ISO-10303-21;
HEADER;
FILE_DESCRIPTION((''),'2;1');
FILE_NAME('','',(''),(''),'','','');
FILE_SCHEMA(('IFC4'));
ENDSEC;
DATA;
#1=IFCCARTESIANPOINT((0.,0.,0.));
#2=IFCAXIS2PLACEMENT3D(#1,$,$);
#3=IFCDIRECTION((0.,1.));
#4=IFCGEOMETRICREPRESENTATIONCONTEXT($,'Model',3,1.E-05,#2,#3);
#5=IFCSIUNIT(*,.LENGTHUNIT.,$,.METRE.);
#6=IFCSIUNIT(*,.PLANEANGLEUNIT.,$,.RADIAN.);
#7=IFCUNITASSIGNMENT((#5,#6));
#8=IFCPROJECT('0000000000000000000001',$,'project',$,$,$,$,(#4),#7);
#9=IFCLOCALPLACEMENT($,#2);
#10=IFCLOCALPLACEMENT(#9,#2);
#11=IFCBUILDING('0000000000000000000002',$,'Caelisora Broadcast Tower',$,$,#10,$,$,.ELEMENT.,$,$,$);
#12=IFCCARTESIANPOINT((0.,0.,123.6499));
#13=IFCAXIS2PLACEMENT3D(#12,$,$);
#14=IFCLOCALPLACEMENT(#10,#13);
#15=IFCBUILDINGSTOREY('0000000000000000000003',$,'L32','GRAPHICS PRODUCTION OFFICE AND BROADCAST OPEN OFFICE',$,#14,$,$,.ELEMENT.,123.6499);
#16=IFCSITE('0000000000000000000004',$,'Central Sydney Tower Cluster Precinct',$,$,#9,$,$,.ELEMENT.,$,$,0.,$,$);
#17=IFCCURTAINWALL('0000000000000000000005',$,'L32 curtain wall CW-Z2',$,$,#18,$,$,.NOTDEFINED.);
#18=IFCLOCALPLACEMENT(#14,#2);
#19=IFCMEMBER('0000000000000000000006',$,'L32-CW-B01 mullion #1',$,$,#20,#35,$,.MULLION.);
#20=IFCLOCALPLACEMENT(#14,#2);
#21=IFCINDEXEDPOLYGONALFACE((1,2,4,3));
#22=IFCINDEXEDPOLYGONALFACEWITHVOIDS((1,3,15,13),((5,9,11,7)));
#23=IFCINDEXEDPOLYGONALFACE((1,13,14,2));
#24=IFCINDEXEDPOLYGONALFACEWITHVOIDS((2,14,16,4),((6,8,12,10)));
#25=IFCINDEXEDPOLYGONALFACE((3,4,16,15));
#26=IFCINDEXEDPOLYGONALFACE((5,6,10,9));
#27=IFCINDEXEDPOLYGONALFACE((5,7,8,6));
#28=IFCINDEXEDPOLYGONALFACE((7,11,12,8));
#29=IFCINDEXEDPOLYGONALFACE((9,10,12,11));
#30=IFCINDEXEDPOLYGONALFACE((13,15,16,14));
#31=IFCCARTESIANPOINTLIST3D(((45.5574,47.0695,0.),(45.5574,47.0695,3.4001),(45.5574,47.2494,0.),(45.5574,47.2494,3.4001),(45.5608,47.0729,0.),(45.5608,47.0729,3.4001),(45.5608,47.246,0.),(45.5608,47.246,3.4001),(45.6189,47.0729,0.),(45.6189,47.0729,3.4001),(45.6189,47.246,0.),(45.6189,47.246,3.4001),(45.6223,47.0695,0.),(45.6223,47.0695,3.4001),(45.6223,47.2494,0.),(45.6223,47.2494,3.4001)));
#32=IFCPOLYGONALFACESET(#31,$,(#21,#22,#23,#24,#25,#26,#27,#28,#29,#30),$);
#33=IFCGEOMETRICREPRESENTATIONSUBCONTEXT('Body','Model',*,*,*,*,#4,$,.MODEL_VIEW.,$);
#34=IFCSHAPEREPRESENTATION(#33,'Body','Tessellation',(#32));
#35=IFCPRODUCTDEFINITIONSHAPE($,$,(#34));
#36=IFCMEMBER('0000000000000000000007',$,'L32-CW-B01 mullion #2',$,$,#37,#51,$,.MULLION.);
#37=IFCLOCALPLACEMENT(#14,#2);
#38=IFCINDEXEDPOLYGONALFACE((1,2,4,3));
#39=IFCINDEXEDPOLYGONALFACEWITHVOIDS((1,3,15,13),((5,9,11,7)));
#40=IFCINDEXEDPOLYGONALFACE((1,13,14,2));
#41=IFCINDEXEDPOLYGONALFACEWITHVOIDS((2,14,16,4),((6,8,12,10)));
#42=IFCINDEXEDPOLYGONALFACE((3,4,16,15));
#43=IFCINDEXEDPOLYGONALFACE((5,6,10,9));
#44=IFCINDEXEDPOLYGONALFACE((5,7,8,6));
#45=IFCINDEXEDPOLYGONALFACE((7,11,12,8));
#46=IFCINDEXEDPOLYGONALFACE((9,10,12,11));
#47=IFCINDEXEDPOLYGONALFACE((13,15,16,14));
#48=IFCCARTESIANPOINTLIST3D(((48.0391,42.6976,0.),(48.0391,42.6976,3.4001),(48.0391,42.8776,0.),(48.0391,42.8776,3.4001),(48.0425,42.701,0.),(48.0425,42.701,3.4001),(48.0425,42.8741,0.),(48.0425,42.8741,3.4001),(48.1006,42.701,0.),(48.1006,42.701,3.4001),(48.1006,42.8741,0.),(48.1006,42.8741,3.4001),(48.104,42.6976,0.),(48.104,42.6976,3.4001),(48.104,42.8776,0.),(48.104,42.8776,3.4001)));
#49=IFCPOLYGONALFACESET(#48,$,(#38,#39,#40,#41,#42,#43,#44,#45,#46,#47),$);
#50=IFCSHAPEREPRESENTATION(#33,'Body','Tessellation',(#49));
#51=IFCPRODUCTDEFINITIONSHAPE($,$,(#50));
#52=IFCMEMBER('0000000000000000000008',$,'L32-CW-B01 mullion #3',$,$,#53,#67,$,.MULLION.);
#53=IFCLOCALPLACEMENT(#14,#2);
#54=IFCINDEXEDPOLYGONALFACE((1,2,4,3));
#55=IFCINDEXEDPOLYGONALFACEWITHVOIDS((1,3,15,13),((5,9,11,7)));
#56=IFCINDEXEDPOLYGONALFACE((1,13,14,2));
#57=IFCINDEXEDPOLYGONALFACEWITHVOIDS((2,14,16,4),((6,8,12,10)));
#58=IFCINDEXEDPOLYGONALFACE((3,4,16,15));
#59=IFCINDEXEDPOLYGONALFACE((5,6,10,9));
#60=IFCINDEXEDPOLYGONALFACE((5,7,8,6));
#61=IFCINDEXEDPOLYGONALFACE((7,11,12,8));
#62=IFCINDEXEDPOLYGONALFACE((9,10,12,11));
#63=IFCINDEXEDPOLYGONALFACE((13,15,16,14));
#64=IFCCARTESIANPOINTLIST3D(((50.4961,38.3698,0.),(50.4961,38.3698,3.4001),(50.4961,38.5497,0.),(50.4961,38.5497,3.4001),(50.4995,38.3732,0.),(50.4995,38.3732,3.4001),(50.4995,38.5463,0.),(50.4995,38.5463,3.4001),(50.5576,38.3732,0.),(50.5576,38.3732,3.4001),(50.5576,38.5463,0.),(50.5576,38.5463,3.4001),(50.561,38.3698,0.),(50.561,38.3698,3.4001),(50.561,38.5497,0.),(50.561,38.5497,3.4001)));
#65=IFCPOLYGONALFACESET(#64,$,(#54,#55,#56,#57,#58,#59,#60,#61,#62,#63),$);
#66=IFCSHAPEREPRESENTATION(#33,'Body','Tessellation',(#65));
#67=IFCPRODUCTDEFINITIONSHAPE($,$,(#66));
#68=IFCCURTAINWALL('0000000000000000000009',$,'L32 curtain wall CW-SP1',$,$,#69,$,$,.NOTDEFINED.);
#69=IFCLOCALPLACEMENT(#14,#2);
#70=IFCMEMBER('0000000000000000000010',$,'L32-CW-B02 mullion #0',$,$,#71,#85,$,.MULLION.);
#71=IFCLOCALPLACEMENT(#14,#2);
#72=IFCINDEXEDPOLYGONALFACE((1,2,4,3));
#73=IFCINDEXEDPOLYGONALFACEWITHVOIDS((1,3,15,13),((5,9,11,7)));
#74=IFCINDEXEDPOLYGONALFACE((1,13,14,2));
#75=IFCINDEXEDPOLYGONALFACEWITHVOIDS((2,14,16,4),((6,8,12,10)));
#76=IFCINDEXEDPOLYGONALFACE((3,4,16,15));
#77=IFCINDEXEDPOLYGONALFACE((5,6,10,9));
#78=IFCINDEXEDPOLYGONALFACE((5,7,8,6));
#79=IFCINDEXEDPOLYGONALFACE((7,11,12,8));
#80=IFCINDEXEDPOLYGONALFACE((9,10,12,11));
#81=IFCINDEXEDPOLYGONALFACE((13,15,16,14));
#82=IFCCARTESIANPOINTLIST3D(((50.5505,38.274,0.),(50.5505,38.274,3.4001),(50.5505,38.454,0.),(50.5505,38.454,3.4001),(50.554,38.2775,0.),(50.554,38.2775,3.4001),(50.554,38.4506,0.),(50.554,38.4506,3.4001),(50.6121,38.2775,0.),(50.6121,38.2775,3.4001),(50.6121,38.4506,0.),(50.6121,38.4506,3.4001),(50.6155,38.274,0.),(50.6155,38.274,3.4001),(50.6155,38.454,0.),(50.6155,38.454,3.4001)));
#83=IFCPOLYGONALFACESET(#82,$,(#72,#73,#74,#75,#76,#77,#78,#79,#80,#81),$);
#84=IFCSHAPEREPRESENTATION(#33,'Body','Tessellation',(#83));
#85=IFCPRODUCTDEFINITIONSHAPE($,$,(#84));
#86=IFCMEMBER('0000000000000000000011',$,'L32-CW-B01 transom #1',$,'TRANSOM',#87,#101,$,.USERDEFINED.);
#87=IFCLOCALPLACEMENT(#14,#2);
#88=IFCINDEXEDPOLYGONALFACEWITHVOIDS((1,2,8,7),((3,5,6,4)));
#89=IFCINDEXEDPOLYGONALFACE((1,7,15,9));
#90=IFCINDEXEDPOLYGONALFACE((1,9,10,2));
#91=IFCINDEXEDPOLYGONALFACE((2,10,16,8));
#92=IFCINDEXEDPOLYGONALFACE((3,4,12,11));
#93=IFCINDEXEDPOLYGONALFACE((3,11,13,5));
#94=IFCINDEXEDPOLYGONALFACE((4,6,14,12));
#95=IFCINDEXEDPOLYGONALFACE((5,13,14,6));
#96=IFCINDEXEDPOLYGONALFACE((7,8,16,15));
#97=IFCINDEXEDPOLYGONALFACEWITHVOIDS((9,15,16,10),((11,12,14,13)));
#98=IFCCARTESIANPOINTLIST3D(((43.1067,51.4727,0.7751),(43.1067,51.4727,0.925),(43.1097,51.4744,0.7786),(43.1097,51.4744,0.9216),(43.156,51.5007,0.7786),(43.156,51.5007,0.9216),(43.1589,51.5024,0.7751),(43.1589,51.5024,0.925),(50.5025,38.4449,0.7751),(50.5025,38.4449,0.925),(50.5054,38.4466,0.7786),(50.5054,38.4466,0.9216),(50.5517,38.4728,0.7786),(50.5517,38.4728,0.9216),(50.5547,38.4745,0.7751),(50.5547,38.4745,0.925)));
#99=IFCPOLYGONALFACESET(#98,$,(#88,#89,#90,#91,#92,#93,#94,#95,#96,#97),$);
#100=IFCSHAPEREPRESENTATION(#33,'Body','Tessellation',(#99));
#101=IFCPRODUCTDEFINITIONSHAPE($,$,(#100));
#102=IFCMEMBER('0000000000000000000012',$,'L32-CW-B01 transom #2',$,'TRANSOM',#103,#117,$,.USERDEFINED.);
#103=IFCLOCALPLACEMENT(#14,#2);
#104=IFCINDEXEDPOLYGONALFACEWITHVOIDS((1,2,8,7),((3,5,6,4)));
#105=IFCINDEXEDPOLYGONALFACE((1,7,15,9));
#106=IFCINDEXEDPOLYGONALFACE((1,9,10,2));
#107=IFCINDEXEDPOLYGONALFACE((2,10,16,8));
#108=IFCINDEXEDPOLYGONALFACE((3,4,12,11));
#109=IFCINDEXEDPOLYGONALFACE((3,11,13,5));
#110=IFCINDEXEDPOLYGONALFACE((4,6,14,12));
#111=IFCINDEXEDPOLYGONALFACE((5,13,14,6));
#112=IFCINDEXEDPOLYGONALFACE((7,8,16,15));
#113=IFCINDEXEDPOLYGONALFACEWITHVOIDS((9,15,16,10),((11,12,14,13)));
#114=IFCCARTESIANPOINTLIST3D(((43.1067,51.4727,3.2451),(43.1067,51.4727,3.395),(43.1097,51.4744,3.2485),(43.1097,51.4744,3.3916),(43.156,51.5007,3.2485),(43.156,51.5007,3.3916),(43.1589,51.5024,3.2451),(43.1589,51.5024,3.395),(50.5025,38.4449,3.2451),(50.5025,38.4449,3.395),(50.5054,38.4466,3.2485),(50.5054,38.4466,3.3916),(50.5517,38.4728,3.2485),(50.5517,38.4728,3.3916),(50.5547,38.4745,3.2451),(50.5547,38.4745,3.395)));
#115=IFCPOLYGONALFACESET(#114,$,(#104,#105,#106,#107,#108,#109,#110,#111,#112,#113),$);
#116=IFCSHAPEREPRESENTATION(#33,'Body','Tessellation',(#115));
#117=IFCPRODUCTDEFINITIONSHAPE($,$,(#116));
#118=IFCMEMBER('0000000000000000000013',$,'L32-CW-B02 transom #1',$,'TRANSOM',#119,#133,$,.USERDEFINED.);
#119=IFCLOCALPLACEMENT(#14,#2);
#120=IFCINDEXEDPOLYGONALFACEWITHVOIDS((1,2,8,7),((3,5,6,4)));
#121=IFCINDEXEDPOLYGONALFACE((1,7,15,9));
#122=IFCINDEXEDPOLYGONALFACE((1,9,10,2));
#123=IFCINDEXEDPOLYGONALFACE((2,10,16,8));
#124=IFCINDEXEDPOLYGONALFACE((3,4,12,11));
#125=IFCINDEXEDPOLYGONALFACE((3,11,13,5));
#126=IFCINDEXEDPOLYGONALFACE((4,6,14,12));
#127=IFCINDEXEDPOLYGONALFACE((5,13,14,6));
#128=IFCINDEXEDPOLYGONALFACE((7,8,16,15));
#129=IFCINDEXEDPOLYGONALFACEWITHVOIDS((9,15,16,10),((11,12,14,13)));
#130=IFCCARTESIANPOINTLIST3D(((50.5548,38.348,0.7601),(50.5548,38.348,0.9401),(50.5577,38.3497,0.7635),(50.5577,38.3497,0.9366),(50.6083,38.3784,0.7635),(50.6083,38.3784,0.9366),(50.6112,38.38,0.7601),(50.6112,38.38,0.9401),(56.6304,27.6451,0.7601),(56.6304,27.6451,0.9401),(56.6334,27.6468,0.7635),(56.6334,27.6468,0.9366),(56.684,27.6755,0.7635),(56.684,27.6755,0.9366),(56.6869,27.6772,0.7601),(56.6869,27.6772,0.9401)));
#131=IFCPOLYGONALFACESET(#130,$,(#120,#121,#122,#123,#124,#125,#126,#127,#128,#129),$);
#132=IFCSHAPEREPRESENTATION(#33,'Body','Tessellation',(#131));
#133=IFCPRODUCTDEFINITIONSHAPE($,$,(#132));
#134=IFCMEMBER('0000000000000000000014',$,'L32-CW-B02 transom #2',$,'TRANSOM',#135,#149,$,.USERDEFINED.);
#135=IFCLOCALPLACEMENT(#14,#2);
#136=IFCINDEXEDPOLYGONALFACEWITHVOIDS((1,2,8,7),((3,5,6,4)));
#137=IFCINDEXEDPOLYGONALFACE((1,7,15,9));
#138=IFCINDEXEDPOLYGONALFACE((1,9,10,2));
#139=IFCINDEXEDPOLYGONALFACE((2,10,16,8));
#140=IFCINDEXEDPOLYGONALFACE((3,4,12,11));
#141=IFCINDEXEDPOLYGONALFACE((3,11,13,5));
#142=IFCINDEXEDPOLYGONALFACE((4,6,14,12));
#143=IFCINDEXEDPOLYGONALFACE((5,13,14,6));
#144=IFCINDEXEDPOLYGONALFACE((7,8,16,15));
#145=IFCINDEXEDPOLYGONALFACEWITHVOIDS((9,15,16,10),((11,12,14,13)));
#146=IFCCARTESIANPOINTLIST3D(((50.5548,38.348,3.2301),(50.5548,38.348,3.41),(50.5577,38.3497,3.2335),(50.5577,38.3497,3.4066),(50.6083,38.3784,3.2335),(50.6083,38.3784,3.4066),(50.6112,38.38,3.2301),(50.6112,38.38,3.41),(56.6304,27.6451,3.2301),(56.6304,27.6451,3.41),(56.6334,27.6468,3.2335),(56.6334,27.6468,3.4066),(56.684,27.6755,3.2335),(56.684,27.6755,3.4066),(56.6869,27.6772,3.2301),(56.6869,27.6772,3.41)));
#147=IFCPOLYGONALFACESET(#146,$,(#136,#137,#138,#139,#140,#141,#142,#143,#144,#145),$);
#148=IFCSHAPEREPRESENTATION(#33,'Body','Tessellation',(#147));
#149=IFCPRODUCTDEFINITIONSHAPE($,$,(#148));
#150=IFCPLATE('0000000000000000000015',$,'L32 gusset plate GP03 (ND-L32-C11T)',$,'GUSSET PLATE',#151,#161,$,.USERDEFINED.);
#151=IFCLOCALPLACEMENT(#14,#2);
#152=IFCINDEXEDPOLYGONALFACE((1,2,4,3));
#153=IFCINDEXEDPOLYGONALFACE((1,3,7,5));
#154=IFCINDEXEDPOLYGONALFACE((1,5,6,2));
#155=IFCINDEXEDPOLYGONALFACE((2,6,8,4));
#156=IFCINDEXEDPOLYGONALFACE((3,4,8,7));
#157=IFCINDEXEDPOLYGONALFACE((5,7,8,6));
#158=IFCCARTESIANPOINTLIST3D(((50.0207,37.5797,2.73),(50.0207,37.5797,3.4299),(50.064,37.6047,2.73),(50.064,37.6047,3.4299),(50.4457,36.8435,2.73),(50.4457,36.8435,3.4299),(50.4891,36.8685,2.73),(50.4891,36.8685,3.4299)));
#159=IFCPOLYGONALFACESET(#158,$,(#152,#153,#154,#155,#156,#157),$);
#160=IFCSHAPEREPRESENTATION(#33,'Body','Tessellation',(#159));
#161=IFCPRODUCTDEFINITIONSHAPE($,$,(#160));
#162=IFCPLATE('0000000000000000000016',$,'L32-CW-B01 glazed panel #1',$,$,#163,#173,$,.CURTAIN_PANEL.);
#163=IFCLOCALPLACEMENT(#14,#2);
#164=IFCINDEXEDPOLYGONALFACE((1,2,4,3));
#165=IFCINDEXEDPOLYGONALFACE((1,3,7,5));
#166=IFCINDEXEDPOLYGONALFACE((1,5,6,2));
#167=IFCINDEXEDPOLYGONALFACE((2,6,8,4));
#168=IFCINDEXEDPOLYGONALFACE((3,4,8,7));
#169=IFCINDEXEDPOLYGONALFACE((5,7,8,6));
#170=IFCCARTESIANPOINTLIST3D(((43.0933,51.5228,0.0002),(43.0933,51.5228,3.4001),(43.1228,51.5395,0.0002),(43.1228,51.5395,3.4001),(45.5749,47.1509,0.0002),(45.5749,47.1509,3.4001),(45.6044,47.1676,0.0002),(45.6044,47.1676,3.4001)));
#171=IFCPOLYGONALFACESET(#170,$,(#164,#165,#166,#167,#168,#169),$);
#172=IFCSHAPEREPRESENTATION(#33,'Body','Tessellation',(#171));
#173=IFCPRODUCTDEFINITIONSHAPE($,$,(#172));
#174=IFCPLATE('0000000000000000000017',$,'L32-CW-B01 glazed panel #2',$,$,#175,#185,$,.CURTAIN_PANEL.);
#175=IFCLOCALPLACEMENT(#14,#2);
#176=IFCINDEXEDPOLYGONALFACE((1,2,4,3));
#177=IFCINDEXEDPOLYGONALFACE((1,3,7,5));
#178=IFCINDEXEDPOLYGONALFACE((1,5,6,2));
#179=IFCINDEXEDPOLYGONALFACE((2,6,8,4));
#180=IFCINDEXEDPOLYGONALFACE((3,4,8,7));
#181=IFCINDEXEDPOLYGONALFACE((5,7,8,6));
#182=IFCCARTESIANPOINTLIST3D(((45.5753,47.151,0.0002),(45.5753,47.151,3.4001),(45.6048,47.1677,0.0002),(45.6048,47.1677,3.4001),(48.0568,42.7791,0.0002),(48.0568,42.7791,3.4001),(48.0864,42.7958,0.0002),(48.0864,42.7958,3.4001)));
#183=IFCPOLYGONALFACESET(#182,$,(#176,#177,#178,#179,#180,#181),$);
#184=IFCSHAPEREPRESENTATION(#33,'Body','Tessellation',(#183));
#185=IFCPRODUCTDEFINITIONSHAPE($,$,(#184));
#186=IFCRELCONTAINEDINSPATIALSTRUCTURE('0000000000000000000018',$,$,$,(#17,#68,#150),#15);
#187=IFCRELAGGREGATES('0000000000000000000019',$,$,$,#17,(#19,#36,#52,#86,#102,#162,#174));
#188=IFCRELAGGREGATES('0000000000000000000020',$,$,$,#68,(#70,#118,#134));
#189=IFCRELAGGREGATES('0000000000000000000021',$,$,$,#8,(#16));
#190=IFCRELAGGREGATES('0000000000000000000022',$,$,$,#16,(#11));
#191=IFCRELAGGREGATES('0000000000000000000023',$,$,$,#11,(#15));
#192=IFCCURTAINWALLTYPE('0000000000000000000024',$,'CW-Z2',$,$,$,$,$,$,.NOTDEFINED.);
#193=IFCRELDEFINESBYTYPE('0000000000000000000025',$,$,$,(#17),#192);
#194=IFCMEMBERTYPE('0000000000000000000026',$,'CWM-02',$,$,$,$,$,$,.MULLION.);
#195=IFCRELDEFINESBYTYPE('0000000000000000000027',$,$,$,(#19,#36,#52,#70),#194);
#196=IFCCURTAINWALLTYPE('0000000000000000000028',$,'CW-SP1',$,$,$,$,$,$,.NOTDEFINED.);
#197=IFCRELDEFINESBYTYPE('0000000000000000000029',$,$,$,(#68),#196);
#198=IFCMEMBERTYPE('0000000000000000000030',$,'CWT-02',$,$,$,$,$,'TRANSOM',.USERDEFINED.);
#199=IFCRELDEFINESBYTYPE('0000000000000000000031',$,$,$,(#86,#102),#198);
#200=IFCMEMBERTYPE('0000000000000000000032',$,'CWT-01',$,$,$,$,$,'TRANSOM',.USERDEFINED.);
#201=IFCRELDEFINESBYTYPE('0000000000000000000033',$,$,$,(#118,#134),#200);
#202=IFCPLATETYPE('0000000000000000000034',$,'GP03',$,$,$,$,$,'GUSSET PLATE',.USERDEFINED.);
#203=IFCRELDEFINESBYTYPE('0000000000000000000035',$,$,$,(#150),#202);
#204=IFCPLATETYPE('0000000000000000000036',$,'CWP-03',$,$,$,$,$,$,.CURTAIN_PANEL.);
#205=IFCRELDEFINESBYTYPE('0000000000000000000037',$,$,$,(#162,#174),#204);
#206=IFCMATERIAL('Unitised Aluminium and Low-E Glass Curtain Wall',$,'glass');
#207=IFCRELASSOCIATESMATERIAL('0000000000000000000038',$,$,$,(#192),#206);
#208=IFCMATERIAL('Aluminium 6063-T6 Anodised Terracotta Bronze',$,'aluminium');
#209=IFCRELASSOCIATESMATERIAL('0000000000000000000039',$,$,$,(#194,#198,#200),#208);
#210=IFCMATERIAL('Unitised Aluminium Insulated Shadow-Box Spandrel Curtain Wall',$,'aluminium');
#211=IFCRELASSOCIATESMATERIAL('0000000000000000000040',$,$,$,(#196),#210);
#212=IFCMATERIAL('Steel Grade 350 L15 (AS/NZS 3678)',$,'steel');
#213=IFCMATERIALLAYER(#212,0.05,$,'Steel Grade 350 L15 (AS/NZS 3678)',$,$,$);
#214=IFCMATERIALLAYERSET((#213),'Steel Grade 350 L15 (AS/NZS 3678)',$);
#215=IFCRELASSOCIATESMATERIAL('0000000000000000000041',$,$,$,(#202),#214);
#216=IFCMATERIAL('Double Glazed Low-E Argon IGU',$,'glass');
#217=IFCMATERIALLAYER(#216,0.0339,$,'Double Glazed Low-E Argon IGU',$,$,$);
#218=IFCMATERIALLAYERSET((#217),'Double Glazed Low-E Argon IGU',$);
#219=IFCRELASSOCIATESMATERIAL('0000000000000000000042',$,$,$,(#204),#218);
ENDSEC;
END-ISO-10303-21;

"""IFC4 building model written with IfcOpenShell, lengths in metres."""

from ifc_helpers import new_model, si_unit, direction, frame, origin, origin_2d, place, context, subcontext, project, spatial, rectangle, hollow_rectangle, extrude, source, transform, mapped, material, layer, layer_set, material_profile, profile_set, type_object, type_shapes, element, aggregate, save


model = new_model("IFC4")

# Units and contexts
model_context = context("Model", 3, precision=1e-05, world=origin(), true_north=direction((0.0, 1.0)))
body_context = subcontext(model_context, "Body", "Model", "MODEL_VIEW")
ifc_project = project(units=[si_unit("LENGTHUNIT", "METRE"), si_unit("PLANEANGLEUNIT", "RADIAN")], contexts=[model_context])

# Site, building, storey
site_placement = place(None, origin())
site = spatial("IfcSite", under=ifc_project, at=site_placement, Name="Central Sydney Tower Cluster Precinct", CompositionType="ELEMENT", RefElevation=0.0)
building_placement = place(site_placement, origin())
building = spatial("IfcBuilding", under=site, at=building_placement, Name="Caelisora Broadcast Tower", CompositionType="ELEMENT")
storey_placement = place(building_placement, frame((0.0, 0.0, 123.6499)))
storey = spatial("IfcBuildingStorey", under=building, at=storey_placement, Name="L32", Description="GRAPHICS PRODUCTION OFFICE AND BROADCAST OPEN OFFICE", CompositionType="ELEMENT", Elevation=123.6499)

# Shared definitions
ifc_material_1 = material(Name="Steel Grade 350 L15 (AS/NZS 3678)", Category="steel")

# Curtain wall, members
ifc_material_2 = material(Name="Unitised Aluminium and Low-E Glass Curtain Wall", Category="glass")
curtain_wall_type_1 = type_object("IfcCurtainWallType", Name="CW-Z2", PredefinedType="NOTDEFINED", material=ifc_material_2)
curtain_wall_1_placement = place(storey_placement, origin())
curtain_wall_1 = element("IfcCurtainWall", 1, at=curtain_wall_1_placement, inside=storey, type_object=curtain_wall_type_1, Name="L32 curtain wall CW-Z2", PredefinedType="NOTDEFINED")
ifc_material_3 = material(Name="Aluminium 6063-T6 Anodised Terracotta Bronze", Category="aluminium")
ifc_material_profile_1 = material_profile(ifc_material_3, hollow_rectangle(XDim=0.0649, YDim=0.1799, WallThickness=0.0034, at=origin_2d()), Name="Aluminium 6063-T6 Anodised Terracotta Bronze")
ifc_profile_set_1 = profile_set([ifc_material_profile_1], Name="Aluminium 6063-T6 Anodised Terracotta Bronze")
member_type_1 = type_object("IfcMemberType", Name="CWM-02", PredefinedType="MULLION", material=ifc_profile_set_1)
shared_shape_1 = source(origin(), body_context, "Body", "SweptSolid", [
    extrude(hollow_rectangle(XDim=0.0649, YDim=0.1799, WallThickness=0.0034, at=origin_2d()), origin(), (0.0, 0.0, 1.0), 3.4001),
])
type_shapes(member_type_1, [shared_shape_1])
member_1_placement = place(storey_placement, frame((45.5898, 47.1594, 0.0), z_axis=(0.0, 0.0, 1.0), x_axis=(1.0, 0.0, 0.0)))
member_1 = element("IfcMember", 2, at=member_1_placement, type_object=member_type_1, Name="L32-CW-B01 mullion #1", PredefinedType="MULLION", context=body_context, shape_type="MappedRepresentation", body=[
    mapped(shared_shape_1, transform((0.0, 0.0, 0.0), scale=1.0)),
])
member_2_placement = place(storey_placement, frame((48.0715, 42.7876, 0.0), z_axis=(0.0, 0.0, 1.0), x_axis=(1.0, 0.0, 0.0)))
member_2 = element("IfcMember", 3, at=member_2_placement, type_object=member_type_1, Name="L32-CW-B01 mullion #2", PredefinedType="MULLION", context=body_context, shape_type="MappedRepresentation", body=[
    mapped(shared_shape_1, transform((0.0, 0.0, 0.0), scale=1.0)),
])
member_3_placement = place(storey_placement, frame((50.5286, 38.4597, 0.0), z_axis=(0.0, 0.0, 1.0), x_axis=(1.0, 0.0, 0.0)))
member_3 = element("IfcMember", 4, at=member_3_placement, type_object=member_type_1, Name="L32-CW-B01 mullion #3", PredefinedType="MULLION", context=body_context, shape_type="MappedRepresentation", body=[
    mapped(shared_shape_1, transform((0.0, 0.0, 0.0), scale=1.0)),
])

# Curtain wall, member
ifc_material_4 = material(Name="Unitised Aluminium Insulated Shadow-Box Spandrel Curtain Wall", Category="aluminium")
curtain_wall_type_2 = type_object("IfcCurtainWallType", Name="CW-SP1", PredefinedType="NOTDEFINED", material=ifc_material_4)
curtain_wall_2_placement = place(storey_placement, origin())
curtain_wall_2 = element("IfcCurtainWall", 5, at=curtain_wall_2_placement, inside=storey, type_object=curtain_wall_type_2, Name="L32 curtain wall CW-SP1", PredefinedType="NOTDEFINED")
member_4_placement = place(storey_placement, frame((50.583, 38.364, 0.0), z_axis=(0.0, 0.0, 1.0), x_axis=(1.0, 0.0, 0.0)))
member_4 = element("IfcMember", 6, at=member_4_placement, type_object=member_type_1, Name="L32-CW-B02 mullion #0", PredefinedType="MULLION", context=body_context, shape_type="MappedRepresentation", body=[
    mapped(shared_shape_1, transform((0.0, 0.0, 0.0), scale=1.0)),
])

# Members
ifc_material_profile_2 = material_profile(ifc_material_3, hollow_rectangle(XDim=0.0601, YDim=0.1499, WallThickness=0.0034, at=origin_2d()), Name="Aluminium 6063-T6 Anodised Terracotta Bronze")
ifc_profile_set_2 = profile_set([ifc_material_profile_2], Name="Aluminium 6063-T6 Anodised Terracotta Bronze")
member_type_2 = type_object("IfcMemberType", Name="CWT-02", ElementType="TRANSOM", PredefinedType="USERDEFINED", material=ifc_profile_set_2)
shared_shape_2 = source(origin(), body_context, "Body", "SweptSolid", [
    extrude(hollow_rectangle(XDim=0.0601, YDim=0.1499, WallThickness=0.0034, at=origin_2d()), origin(), (0.0, 0.0, 1.0), 14.9807),
])
type_shapes(member_type_2, [shared_shape_2])
member_5_placement = place(storey_placement, frame((43.1328, 51.4875, 0.8501), z_axis=(0.493685, -0.869641, 0.0), x_axis=(0.869641, 0.493685, 0.0)))
member_5 = element("IfcMember", 7, at=member_5_placement, type_object=member_type_2, Name="L32-CW-B01 transom #1", ObjectType="TRANSOM", PredefinedType="USERDEFINED", context=body_context, shape_type="MappedRepresentation", body=[
    mapped(shared_shape_2, transform((0.0, 0.0, 0.0), scale=1.0)),
])
member_6_placement = place(storey_placement, frame((43.1328, 51.4875, 3.3201), z_axis=(0.493685, -0.869641, 0.0), x_axis=(0.869641, 0.493685, 0.0)))
member_6 = element("IfcMember", 8, at=member_6_placement, type_object=member_type_2, Name="L32-CW-B01 transom #2", ObjectType="TRANSOM", PredefinedType="USERDEFINED", context=body_context, shape_type="MappedRepresentation", body=[
    mapped(shared_shape_2, transform((0.0, 0.0, 0.0), scale=1.0)),
])
ifc_material_profile_3 = material_profile(ifc_material_3, hollow_rectangle(XDim=0.0649, YDim=0.1799, WallThickness=0.0034, at=origin_2d()), Name="Aluminium 6063-T6 Anodised Terracotta Bronze")
ifc_profile_set_3 = profile_set([ifc_material_profile_3], Name="Aluminium 6063-T6 Anodised Terracotta Bronze")
member_type_3 = type_object("IfcMemberType", Name="CWT-01", ElementType="TRANSOM", PredefinedType="USERDEFINED", material=ifc_profile_set_3)
shared_shape_3 = source(origin(), body_context, "Body", "SweptSolid", [
    extrude(hollow_rectangle(XDim=0.0649, YDim=0.1799, WallThickness=0.0034, at=origin_2d()), origin(), (0.0, 0.0, 1.0), 12.3071),
])
type_shapes(member_type_3, [shared_shape_3])
member_7_placement = place(storey_placement, frame((50.583, 38.364, 0.8501), z_axis=(0.493672, -0.869648, 0.0), x_axis=(0.869648, 0.493672, 0.0)))
member_7 = element("IfcMember", 9, at=member_7_placement, type_object=member_type_3, Name="L32-CW-B02 transom #1", ObjectType="TRANSOM", PredefinedType="USERDEFINED", context=body_context, shape_type="MappedRepresentation", body=[
    mapped(shared_shape_3, transform((0.0, 0.0, 0.0), scale=1.0)),
])
member_8_placement = place(storey_placement, frame((50.583, 38.364, 3.3201), z_axis=(0.493672, -0.869648, 0.0), x_axis=(0.869648, 0.493672, 0.0)))
member_8 = element("IfcMember", 10, at=member_8_placement, type_object=member_type_3, Name="L32-CW-B02 transom #2", ObjectType="TRANSOM", PredefinedType="USERDEFINED", context=body_context, shape_type="MappedRepresentation", body=[
    mapped(shared_shape_3, transform((0.0, 0.0, 0.0), scale=1.0)),
])

# Plates
ifc_layer_1 = layer(ifc_material_1, 0.05, Name="Steel Grade 350 L15 (AS/NZS 3678)")
ifc_layer_set_1 = layer_set([ifc_layer_1], Name="Steel Grade 350 L15 (AS/NZS 3678)")
plate_type_1 = type_object("IfcPlateType", Name="GP03", ElementType="GUSSET PLATE", PredefinedType="USERDEFINED", material=ifc_layer_set_1)
shared_shape_4 = source(origin(), body_context, "Body", "SweptSolid", [
    extrude(rectangle(XDim=0.8501, YDim=0.05, at=origin_2d()), origin(), (0.0, 0.0, 1.0), 0.7),
])
type_shapes(plate_type_1, [shared_shape_4])
plate_1_placement = place(storey_placement, frame((50.2549, 37.2241, 2.73), z_axis=(0.0, 0.0, 1.0), x_axis=(-0.5, 0.866025, 0.0)))
element("IfcPlate", 11, at=plate_1_placement, inside=storey, type_object=plate_type_1, Name="L32 gusset plate GP03 (ND-L32-C11T)", ObjectType="GUSSET PLATE", PredefinedType="USERDEFINED", context=body_context, shape_type="MappedRepresentation", body=[
    mapped(shared_shape_4, transform((0.0, 0.0, 0.0), scale=1.0)),
])
ifc_material_5 = material(Name="Double Glazed Low-E Argon IGU", Category="glass")
ifc_layer_2 = layer(ifc_material_5, 0.0339, Name="Double Glazed Low-E Argon IGU")
ifc_layer_set_2 = layer_set([ifc_layer_2], Name="Double Glazed Low-E Argon IGU")
plate_type_2 = type_object("IfcPlateType", Name="CWP-03", PredefinedType="CURTAIN_PANEL", material=ifc_layer_set_2)
shared_shape_5 = source(origin(), body_context, "Body", "SweptSolid", [
    extrude(rectangle(XDim=5.0271, YDim=0.0339, at=origin_2d()), origin(), (0.0, 0.0, 1.0), 3.3999),
])
type_shapes(plate_type_2, [shared_shape_5])
plate_2_placement = place(storey_placement, frame((44.3489, 49.3452, 0.0002), z_axis=(0.0, 0.0, 1.0), x_axis=(0.493638, -0.869667, 0.0)))
plate_2 = element("IfcPlate", 12, at=plate_2_placement, type_object=plate_type_2, Name="L32-CW-B01 glazed panel #1", PredefinedType="CURTAIN_PANEL", context=body_context, shape_type="MappedRepresentation", body=[
    mapped(shared_shape_5, transform((0.0, 0.0, 0.0), scale=1.0)),
])
plate_3_placement = place(storey_placement, frame((46.8308, 44.9734, 0.0002), z_axis=(0.0, 0.0, 1.0), x_axis=(0.493638, -0.869667, 0.0)))
plate_3 = element("IfcPlate", 13, at=plate_3_placement, type_object=plate_type_2, Name="L32-CW-B01 glazed panel #2", PredefinedType="CURTAIN_PANEL", context=body_context, shape_type="MappedRepresentation", body=[
    mapped(shared_shape_5, transform((0.0, 0.0, 0.0), scale=1.0)),
])
aggregate(curtain_wall_1, [member_1, member_2, member_3, member_5, member_6, plate_2, plate_3])
aggregate(curtain_wall_2, [member_4, member_7, member_8])

save(model, "model.ifc")
